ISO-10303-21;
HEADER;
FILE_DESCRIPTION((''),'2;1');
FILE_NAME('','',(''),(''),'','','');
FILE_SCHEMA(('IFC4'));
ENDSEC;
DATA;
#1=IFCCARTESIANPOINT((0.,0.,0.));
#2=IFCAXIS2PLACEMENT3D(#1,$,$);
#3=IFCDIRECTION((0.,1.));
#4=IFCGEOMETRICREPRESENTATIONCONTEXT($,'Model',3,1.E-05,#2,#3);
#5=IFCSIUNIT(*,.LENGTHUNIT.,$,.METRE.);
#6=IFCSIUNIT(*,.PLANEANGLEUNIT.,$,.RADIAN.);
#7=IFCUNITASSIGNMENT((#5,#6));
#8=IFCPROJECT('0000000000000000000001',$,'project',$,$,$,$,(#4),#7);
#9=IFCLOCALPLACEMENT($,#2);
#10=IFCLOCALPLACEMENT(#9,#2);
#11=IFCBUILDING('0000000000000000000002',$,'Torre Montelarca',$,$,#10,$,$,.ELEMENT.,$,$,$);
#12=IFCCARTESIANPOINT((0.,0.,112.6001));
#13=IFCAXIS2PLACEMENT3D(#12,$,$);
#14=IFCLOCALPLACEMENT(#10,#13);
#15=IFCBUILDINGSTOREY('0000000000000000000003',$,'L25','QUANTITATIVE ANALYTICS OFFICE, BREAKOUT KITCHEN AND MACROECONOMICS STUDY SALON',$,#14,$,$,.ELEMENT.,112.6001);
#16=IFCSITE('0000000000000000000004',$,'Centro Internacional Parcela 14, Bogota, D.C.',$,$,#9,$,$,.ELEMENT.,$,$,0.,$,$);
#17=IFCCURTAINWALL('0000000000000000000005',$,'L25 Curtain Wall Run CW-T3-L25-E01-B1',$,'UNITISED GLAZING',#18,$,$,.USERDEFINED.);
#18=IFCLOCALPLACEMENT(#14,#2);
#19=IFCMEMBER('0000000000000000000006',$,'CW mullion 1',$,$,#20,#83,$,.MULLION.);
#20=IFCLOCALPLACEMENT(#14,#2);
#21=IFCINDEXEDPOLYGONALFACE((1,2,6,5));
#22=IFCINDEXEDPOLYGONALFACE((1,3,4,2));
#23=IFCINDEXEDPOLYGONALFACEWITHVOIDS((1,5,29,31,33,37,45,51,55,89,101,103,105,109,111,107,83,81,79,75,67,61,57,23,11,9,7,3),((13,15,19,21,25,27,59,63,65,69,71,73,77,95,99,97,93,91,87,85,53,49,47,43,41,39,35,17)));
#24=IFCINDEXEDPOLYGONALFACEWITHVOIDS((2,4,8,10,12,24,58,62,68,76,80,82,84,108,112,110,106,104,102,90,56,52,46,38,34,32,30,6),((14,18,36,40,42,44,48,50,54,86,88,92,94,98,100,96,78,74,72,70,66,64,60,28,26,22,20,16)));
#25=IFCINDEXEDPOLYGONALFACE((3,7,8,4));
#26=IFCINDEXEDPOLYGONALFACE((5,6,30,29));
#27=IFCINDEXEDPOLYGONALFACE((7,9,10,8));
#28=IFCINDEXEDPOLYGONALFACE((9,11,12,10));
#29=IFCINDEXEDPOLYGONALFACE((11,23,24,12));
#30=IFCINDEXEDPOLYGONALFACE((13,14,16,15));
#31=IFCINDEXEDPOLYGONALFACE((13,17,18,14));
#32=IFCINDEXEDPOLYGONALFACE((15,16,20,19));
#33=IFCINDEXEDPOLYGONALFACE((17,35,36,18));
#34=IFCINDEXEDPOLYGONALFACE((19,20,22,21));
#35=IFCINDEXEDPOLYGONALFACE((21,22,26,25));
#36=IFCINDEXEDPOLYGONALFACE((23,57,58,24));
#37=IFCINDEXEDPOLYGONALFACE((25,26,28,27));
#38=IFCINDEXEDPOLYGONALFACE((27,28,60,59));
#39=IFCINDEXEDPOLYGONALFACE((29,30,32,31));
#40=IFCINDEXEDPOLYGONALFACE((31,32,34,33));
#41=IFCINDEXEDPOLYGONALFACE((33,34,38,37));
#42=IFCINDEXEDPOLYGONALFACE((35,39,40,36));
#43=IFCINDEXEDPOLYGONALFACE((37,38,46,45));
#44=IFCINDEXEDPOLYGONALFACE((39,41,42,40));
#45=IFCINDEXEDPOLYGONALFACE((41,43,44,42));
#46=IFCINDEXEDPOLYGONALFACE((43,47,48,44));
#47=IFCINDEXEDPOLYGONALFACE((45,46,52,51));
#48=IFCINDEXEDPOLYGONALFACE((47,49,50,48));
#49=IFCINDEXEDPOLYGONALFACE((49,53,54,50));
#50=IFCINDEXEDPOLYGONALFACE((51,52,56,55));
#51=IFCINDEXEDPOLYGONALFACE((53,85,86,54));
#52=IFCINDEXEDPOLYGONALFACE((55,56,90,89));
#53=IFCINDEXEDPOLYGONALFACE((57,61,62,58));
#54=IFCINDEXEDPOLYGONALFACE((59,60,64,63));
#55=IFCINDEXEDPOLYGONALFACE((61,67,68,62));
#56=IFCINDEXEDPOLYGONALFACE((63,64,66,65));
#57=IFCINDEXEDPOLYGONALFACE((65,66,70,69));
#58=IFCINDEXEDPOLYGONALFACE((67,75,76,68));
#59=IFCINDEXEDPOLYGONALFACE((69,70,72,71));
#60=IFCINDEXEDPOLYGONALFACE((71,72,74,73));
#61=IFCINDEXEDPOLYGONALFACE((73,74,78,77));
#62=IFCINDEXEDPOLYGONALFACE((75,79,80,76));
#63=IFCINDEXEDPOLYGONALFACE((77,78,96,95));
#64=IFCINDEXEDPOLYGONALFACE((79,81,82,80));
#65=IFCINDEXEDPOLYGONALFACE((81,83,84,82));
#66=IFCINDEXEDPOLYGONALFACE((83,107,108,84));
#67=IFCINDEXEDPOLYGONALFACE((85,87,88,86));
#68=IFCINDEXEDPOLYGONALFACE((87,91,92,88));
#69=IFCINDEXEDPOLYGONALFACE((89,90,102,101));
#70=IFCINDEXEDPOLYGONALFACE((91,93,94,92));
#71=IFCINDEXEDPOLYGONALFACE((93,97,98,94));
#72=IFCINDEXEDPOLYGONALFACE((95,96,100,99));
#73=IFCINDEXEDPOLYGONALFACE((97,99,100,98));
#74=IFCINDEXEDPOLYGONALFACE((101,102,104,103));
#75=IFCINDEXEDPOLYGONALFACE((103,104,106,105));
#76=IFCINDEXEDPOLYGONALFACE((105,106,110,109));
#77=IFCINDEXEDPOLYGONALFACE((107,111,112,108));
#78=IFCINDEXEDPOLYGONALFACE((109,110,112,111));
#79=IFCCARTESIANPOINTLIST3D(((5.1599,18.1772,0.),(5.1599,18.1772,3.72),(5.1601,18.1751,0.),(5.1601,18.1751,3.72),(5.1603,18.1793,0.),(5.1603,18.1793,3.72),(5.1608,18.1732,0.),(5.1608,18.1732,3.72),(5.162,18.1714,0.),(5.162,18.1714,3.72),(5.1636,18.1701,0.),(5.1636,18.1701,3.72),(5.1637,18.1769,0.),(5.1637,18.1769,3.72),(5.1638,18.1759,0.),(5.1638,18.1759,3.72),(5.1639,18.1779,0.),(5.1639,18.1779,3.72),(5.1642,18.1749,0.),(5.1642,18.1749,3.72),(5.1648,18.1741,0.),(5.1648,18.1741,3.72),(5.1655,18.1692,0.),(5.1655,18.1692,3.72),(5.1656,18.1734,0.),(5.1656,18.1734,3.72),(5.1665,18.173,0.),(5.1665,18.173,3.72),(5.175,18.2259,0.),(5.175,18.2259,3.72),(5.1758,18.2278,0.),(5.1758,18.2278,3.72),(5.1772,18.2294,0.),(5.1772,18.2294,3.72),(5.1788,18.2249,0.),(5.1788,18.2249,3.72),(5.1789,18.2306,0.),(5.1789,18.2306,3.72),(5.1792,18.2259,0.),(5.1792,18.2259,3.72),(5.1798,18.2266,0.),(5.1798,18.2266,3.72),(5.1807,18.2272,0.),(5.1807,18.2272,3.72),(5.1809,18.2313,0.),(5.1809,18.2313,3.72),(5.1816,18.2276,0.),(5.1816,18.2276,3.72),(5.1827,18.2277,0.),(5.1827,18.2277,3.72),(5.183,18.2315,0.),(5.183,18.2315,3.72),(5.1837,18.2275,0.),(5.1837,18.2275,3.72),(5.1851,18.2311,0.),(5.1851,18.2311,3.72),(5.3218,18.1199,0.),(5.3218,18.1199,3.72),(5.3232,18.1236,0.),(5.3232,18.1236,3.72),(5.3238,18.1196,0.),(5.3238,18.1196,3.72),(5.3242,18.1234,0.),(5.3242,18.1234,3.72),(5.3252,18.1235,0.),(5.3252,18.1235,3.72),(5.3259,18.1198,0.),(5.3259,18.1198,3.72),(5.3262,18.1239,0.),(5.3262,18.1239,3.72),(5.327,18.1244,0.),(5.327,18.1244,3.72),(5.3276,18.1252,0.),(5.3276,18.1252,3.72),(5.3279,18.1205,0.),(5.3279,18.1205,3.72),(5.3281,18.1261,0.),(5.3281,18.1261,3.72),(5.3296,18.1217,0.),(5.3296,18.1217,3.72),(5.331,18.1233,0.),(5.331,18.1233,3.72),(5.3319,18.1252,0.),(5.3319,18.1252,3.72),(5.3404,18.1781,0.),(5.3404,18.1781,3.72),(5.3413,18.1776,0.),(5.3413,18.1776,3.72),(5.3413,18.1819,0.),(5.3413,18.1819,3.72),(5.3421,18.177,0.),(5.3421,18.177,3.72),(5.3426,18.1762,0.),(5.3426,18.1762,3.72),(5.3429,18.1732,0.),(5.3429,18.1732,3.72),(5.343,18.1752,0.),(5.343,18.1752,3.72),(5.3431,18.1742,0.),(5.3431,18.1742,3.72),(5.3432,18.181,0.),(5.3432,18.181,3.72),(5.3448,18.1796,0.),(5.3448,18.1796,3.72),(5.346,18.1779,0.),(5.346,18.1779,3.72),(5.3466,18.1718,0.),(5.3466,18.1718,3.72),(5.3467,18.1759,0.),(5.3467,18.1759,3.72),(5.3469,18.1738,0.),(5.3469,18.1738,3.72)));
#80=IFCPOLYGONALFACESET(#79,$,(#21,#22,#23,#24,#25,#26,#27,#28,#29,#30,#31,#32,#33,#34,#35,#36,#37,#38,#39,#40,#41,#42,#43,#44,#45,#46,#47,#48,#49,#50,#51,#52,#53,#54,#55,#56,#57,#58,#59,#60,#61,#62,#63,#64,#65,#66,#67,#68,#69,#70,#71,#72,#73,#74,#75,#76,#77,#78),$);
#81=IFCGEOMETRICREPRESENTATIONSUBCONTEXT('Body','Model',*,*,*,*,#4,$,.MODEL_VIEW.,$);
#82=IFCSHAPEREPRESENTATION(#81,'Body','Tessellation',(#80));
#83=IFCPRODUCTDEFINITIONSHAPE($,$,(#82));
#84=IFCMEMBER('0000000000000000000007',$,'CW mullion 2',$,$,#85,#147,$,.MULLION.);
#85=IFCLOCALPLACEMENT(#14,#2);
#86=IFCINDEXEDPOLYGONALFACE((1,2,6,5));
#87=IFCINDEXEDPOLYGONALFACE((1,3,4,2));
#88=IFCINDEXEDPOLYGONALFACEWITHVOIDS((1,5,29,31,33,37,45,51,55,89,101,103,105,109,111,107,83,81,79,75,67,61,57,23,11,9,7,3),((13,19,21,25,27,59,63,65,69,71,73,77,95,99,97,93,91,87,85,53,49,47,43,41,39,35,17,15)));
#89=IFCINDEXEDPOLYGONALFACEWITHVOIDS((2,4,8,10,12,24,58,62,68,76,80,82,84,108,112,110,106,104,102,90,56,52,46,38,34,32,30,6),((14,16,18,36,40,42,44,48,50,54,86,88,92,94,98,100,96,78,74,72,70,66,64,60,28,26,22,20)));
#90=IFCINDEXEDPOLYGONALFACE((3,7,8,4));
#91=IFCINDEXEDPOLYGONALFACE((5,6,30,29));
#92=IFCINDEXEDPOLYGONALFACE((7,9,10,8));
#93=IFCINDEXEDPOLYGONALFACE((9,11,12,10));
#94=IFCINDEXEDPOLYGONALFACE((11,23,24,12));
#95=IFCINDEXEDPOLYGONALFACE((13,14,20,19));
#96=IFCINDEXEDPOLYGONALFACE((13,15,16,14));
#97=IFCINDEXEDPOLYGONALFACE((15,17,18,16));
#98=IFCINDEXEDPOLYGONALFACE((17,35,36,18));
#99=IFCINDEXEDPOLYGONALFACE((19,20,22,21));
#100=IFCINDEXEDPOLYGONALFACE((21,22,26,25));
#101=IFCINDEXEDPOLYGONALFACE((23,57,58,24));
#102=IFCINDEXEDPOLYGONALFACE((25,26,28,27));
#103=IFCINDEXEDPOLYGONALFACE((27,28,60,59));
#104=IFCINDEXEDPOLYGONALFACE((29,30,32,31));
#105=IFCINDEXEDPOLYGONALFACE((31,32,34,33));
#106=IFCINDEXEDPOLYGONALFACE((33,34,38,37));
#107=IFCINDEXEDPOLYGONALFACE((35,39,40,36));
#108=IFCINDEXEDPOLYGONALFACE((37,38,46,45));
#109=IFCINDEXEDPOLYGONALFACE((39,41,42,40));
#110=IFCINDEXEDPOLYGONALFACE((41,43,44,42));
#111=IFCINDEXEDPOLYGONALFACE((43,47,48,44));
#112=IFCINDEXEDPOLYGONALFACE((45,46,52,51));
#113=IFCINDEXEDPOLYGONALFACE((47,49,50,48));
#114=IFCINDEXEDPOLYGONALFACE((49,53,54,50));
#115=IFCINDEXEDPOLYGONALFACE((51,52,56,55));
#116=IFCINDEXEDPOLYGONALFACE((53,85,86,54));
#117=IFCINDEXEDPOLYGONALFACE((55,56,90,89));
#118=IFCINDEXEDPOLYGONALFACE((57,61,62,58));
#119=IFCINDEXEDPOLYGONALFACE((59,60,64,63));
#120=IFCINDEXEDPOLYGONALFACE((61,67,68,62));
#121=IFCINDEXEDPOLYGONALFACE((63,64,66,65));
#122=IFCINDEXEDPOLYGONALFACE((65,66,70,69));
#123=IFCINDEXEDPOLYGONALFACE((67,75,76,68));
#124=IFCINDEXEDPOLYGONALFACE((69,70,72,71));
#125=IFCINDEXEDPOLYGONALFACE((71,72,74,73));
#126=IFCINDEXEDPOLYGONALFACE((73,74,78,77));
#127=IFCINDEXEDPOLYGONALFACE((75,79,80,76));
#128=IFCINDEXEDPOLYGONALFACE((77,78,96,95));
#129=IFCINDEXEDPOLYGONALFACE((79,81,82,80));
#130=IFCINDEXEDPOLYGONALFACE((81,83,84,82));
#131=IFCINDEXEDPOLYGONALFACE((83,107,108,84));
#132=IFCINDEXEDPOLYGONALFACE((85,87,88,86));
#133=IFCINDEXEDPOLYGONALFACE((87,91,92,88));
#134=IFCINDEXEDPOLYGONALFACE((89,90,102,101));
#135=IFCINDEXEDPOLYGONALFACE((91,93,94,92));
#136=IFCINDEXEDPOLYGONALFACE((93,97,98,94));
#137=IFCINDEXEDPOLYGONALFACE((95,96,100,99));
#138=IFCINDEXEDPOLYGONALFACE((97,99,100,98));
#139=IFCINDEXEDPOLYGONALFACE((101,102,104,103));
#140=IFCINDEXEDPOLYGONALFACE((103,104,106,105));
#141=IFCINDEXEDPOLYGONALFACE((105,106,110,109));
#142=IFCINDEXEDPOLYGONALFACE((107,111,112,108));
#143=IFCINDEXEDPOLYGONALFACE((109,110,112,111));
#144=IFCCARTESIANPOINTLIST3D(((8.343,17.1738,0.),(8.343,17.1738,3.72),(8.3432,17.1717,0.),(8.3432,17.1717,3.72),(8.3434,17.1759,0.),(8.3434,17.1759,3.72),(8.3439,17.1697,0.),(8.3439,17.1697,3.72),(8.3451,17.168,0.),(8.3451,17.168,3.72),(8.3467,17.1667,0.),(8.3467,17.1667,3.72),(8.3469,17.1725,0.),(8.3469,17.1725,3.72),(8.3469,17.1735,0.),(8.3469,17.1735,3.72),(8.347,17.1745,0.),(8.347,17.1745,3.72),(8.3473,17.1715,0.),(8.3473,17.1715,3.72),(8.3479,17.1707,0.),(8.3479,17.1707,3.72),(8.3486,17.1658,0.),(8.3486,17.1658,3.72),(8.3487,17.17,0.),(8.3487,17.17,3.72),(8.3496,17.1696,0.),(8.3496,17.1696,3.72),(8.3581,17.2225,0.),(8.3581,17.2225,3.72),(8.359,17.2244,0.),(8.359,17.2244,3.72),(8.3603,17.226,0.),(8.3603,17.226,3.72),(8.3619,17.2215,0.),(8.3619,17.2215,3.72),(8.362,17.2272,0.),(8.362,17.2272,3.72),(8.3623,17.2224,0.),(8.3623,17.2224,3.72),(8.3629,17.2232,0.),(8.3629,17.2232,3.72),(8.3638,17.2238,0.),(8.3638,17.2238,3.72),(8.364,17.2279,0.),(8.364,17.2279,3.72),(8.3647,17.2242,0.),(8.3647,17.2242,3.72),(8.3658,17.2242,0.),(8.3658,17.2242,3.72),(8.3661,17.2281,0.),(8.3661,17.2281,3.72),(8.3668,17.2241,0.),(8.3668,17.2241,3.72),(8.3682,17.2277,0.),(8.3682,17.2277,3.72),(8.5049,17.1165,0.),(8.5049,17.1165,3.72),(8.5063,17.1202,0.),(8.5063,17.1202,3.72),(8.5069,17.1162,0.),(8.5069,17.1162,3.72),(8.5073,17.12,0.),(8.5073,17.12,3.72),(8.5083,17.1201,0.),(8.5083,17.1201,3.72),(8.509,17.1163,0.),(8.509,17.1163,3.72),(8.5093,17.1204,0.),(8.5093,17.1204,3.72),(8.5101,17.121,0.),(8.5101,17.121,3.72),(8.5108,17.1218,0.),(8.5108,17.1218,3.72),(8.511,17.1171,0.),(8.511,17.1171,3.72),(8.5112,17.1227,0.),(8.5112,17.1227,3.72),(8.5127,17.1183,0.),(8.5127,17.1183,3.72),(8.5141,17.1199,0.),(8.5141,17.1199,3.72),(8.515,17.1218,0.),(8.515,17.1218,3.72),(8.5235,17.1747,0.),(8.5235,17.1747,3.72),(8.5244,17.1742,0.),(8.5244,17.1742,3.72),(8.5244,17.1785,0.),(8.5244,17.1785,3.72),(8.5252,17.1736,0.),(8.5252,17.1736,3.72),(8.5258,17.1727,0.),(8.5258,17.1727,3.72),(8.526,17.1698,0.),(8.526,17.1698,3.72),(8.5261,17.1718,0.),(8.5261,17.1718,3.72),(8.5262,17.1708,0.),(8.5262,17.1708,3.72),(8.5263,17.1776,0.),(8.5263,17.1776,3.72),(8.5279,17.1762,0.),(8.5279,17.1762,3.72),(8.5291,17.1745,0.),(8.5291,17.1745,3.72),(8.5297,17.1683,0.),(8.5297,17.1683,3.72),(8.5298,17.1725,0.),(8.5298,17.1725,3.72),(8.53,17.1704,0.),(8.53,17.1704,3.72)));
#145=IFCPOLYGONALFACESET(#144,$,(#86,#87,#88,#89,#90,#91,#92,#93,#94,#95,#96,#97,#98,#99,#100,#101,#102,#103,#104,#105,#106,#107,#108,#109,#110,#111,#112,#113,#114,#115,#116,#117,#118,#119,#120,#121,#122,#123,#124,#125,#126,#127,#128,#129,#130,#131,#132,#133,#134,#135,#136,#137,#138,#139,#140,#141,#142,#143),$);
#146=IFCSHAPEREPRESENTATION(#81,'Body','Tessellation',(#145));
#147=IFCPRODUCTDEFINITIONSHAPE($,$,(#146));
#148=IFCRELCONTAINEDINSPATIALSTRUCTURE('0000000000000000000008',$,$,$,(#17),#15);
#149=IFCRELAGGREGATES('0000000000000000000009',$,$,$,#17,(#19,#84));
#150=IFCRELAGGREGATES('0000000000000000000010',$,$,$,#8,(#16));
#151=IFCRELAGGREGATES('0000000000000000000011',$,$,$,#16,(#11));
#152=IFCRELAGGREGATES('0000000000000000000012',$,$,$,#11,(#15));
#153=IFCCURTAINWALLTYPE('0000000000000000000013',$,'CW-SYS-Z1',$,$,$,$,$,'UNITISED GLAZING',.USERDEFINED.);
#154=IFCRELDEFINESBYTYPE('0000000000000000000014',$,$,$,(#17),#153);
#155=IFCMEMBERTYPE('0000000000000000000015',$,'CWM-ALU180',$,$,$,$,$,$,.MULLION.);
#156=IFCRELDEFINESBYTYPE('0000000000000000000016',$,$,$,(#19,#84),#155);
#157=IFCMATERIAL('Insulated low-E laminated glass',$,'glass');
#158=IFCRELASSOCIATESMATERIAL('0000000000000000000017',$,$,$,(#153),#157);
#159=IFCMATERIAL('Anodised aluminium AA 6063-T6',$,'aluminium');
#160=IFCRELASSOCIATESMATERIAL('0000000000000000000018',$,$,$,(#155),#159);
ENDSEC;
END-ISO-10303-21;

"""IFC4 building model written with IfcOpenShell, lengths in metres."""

from ifc_helpers import new_model, si_unit, direction, frame, origin, origin_2d, place, context, subcontext, project, spatial, hollow_rectangle, extrude, source, transform, mapped, material, material_profile, profile_set, type_object, element, aggregate, save


model = new_model("IFC4")

# Units and contexts
model_context = context("Model", 3, precision=1e-05, world=origin(), true_north=direction((0.0, 1.0)))
body_context = subcontext(model_context, "Body", "Model", "MODEL_VIEW")
ifc_project = project(units=[si_unit("LENGTHUNIT", "METRE"), si_unit("PLANEANGLEUNIT", "RADIAN")], contexts=[model_context])

# Site, building, storey
site_placement = place(None, origin())
site = spatial("IfcSite", under=ifc_project, at=site_placement, Name="Centro Internacional Parcela 14, Bogota, D.C.", CompositionType="ELEMENT", RefElevation=0.0)
building_placement = place(site_placement, origin())
building = spatial("IfcBuilding", under=site, at=building_placement, Name="Torre Montelarca", CompositionType="ELEMENT")
storey_placement = place(building_placement, frame((0.0, 0.0, 112.6001)))
storey = spatial("IfcBuildingStorey", under=building, at=storey_placement, Name="L25", Description="QUANTITATIVE ANALYTICS OFFICE, BREAKOUT KITCHEN AND MACROECONOMICS STUDY SALON", CompositionType="ELEMENT", Elevation=112.6001)

# Curtain wall
ifc_material_1 = material(Name="Insulated low-E laminated glass", Category="glass")
curtain_wall_type = type_object("IfcCurtainWallType", Name="CW-SYS-Z1", ElementType="UNITISED GLAZING", PredefinedType="USERDEFINED", material=ifc_material_1)
curtain_wall_1_placement = place(storey_placement, origin())
curtain_wall_1 = element("IfcCurtainWall", 1, at=curtain_wall_1_placement, inside=storey, type_object=curtain_wall_type, Name="L25 Curtain Wall Run CW-T3-L25-E01-B1", ObjectType="UNITISED GLAZING", PredefinedType="USERDEFINED")
ifc_material_2 = material(Name="Anodised aluminium AA 6063-T6", Category="aluminium")

# Members
ifc_material_profile_1 = material_profile(ifc_material_2, hollow_rectangle(XDim=0.0649, YDim=0.1799, WallThickness=0.0039, InnerFilletRadius=0.0039, OuterFilletRadius=0.0081, at=origin_2d()), Name="ALU65X180X4", Category="aluminium")
ifc_profile_set_1 = profile_set([ifc_material_profile_1], Name="Anodised aluminium AA 6063-T6")
member_type_1 = type_object("IfcMemberType", Name="CWM-ALU180", PredefinedType="MULLION", material=ifc_profile_set_1)
shared_shape_1 = source(origin(), body_context, "Body", "SweptSolid", [
    extrude(hollow_rectangle(XDim=0.0649, YDim=0.1799, WallThickness=0.0039, InnerFilletRadius=0.0039, OuterFilletRadius=0.0081, at=origin_2d()), origin(), (0.0, 0.0, 1.0), 3.72),
])
member_1_placement = place(storey_placement, frame((5.2534, 18.1755, 0.0), z_axis=(0.0, 0.0, 1.0), x_axis=(0.30071, 0.953716, 0.0)))
member_1 = element("IfcMember", 2, at=member_1_placement, type_object=member_type_1, Name="CW mullion 1", PredefinedType="MULLION", context=body_context, shape_type="MappedRepresentation", body=[
    mapped(shared_shape_1, transform((0.0, 0.0, 0.0), scale=1.0)),
])
member_2_placement = place(storey_placement, frame((8.4365, 17.1721, 0.0), z_axis=(0.0, 0.0, 1.0), x_axis=(0.30071, 0.953716, 0.0)))
member_2 = element("IfcMember", 3, at=member_2_placement, type_object=member_type_1, Name="CW mullion 2", PredefinedType="MULLION", context=body_context, shape_type="MappedRepresentation", body=[
    mapped(shared_shape_1, transform((0.0, 0.0, 0.0), scale=1.0)),
])

aggregate(curtain_wall_1, [member_1, member_2])

save(model, "model.ifc")
